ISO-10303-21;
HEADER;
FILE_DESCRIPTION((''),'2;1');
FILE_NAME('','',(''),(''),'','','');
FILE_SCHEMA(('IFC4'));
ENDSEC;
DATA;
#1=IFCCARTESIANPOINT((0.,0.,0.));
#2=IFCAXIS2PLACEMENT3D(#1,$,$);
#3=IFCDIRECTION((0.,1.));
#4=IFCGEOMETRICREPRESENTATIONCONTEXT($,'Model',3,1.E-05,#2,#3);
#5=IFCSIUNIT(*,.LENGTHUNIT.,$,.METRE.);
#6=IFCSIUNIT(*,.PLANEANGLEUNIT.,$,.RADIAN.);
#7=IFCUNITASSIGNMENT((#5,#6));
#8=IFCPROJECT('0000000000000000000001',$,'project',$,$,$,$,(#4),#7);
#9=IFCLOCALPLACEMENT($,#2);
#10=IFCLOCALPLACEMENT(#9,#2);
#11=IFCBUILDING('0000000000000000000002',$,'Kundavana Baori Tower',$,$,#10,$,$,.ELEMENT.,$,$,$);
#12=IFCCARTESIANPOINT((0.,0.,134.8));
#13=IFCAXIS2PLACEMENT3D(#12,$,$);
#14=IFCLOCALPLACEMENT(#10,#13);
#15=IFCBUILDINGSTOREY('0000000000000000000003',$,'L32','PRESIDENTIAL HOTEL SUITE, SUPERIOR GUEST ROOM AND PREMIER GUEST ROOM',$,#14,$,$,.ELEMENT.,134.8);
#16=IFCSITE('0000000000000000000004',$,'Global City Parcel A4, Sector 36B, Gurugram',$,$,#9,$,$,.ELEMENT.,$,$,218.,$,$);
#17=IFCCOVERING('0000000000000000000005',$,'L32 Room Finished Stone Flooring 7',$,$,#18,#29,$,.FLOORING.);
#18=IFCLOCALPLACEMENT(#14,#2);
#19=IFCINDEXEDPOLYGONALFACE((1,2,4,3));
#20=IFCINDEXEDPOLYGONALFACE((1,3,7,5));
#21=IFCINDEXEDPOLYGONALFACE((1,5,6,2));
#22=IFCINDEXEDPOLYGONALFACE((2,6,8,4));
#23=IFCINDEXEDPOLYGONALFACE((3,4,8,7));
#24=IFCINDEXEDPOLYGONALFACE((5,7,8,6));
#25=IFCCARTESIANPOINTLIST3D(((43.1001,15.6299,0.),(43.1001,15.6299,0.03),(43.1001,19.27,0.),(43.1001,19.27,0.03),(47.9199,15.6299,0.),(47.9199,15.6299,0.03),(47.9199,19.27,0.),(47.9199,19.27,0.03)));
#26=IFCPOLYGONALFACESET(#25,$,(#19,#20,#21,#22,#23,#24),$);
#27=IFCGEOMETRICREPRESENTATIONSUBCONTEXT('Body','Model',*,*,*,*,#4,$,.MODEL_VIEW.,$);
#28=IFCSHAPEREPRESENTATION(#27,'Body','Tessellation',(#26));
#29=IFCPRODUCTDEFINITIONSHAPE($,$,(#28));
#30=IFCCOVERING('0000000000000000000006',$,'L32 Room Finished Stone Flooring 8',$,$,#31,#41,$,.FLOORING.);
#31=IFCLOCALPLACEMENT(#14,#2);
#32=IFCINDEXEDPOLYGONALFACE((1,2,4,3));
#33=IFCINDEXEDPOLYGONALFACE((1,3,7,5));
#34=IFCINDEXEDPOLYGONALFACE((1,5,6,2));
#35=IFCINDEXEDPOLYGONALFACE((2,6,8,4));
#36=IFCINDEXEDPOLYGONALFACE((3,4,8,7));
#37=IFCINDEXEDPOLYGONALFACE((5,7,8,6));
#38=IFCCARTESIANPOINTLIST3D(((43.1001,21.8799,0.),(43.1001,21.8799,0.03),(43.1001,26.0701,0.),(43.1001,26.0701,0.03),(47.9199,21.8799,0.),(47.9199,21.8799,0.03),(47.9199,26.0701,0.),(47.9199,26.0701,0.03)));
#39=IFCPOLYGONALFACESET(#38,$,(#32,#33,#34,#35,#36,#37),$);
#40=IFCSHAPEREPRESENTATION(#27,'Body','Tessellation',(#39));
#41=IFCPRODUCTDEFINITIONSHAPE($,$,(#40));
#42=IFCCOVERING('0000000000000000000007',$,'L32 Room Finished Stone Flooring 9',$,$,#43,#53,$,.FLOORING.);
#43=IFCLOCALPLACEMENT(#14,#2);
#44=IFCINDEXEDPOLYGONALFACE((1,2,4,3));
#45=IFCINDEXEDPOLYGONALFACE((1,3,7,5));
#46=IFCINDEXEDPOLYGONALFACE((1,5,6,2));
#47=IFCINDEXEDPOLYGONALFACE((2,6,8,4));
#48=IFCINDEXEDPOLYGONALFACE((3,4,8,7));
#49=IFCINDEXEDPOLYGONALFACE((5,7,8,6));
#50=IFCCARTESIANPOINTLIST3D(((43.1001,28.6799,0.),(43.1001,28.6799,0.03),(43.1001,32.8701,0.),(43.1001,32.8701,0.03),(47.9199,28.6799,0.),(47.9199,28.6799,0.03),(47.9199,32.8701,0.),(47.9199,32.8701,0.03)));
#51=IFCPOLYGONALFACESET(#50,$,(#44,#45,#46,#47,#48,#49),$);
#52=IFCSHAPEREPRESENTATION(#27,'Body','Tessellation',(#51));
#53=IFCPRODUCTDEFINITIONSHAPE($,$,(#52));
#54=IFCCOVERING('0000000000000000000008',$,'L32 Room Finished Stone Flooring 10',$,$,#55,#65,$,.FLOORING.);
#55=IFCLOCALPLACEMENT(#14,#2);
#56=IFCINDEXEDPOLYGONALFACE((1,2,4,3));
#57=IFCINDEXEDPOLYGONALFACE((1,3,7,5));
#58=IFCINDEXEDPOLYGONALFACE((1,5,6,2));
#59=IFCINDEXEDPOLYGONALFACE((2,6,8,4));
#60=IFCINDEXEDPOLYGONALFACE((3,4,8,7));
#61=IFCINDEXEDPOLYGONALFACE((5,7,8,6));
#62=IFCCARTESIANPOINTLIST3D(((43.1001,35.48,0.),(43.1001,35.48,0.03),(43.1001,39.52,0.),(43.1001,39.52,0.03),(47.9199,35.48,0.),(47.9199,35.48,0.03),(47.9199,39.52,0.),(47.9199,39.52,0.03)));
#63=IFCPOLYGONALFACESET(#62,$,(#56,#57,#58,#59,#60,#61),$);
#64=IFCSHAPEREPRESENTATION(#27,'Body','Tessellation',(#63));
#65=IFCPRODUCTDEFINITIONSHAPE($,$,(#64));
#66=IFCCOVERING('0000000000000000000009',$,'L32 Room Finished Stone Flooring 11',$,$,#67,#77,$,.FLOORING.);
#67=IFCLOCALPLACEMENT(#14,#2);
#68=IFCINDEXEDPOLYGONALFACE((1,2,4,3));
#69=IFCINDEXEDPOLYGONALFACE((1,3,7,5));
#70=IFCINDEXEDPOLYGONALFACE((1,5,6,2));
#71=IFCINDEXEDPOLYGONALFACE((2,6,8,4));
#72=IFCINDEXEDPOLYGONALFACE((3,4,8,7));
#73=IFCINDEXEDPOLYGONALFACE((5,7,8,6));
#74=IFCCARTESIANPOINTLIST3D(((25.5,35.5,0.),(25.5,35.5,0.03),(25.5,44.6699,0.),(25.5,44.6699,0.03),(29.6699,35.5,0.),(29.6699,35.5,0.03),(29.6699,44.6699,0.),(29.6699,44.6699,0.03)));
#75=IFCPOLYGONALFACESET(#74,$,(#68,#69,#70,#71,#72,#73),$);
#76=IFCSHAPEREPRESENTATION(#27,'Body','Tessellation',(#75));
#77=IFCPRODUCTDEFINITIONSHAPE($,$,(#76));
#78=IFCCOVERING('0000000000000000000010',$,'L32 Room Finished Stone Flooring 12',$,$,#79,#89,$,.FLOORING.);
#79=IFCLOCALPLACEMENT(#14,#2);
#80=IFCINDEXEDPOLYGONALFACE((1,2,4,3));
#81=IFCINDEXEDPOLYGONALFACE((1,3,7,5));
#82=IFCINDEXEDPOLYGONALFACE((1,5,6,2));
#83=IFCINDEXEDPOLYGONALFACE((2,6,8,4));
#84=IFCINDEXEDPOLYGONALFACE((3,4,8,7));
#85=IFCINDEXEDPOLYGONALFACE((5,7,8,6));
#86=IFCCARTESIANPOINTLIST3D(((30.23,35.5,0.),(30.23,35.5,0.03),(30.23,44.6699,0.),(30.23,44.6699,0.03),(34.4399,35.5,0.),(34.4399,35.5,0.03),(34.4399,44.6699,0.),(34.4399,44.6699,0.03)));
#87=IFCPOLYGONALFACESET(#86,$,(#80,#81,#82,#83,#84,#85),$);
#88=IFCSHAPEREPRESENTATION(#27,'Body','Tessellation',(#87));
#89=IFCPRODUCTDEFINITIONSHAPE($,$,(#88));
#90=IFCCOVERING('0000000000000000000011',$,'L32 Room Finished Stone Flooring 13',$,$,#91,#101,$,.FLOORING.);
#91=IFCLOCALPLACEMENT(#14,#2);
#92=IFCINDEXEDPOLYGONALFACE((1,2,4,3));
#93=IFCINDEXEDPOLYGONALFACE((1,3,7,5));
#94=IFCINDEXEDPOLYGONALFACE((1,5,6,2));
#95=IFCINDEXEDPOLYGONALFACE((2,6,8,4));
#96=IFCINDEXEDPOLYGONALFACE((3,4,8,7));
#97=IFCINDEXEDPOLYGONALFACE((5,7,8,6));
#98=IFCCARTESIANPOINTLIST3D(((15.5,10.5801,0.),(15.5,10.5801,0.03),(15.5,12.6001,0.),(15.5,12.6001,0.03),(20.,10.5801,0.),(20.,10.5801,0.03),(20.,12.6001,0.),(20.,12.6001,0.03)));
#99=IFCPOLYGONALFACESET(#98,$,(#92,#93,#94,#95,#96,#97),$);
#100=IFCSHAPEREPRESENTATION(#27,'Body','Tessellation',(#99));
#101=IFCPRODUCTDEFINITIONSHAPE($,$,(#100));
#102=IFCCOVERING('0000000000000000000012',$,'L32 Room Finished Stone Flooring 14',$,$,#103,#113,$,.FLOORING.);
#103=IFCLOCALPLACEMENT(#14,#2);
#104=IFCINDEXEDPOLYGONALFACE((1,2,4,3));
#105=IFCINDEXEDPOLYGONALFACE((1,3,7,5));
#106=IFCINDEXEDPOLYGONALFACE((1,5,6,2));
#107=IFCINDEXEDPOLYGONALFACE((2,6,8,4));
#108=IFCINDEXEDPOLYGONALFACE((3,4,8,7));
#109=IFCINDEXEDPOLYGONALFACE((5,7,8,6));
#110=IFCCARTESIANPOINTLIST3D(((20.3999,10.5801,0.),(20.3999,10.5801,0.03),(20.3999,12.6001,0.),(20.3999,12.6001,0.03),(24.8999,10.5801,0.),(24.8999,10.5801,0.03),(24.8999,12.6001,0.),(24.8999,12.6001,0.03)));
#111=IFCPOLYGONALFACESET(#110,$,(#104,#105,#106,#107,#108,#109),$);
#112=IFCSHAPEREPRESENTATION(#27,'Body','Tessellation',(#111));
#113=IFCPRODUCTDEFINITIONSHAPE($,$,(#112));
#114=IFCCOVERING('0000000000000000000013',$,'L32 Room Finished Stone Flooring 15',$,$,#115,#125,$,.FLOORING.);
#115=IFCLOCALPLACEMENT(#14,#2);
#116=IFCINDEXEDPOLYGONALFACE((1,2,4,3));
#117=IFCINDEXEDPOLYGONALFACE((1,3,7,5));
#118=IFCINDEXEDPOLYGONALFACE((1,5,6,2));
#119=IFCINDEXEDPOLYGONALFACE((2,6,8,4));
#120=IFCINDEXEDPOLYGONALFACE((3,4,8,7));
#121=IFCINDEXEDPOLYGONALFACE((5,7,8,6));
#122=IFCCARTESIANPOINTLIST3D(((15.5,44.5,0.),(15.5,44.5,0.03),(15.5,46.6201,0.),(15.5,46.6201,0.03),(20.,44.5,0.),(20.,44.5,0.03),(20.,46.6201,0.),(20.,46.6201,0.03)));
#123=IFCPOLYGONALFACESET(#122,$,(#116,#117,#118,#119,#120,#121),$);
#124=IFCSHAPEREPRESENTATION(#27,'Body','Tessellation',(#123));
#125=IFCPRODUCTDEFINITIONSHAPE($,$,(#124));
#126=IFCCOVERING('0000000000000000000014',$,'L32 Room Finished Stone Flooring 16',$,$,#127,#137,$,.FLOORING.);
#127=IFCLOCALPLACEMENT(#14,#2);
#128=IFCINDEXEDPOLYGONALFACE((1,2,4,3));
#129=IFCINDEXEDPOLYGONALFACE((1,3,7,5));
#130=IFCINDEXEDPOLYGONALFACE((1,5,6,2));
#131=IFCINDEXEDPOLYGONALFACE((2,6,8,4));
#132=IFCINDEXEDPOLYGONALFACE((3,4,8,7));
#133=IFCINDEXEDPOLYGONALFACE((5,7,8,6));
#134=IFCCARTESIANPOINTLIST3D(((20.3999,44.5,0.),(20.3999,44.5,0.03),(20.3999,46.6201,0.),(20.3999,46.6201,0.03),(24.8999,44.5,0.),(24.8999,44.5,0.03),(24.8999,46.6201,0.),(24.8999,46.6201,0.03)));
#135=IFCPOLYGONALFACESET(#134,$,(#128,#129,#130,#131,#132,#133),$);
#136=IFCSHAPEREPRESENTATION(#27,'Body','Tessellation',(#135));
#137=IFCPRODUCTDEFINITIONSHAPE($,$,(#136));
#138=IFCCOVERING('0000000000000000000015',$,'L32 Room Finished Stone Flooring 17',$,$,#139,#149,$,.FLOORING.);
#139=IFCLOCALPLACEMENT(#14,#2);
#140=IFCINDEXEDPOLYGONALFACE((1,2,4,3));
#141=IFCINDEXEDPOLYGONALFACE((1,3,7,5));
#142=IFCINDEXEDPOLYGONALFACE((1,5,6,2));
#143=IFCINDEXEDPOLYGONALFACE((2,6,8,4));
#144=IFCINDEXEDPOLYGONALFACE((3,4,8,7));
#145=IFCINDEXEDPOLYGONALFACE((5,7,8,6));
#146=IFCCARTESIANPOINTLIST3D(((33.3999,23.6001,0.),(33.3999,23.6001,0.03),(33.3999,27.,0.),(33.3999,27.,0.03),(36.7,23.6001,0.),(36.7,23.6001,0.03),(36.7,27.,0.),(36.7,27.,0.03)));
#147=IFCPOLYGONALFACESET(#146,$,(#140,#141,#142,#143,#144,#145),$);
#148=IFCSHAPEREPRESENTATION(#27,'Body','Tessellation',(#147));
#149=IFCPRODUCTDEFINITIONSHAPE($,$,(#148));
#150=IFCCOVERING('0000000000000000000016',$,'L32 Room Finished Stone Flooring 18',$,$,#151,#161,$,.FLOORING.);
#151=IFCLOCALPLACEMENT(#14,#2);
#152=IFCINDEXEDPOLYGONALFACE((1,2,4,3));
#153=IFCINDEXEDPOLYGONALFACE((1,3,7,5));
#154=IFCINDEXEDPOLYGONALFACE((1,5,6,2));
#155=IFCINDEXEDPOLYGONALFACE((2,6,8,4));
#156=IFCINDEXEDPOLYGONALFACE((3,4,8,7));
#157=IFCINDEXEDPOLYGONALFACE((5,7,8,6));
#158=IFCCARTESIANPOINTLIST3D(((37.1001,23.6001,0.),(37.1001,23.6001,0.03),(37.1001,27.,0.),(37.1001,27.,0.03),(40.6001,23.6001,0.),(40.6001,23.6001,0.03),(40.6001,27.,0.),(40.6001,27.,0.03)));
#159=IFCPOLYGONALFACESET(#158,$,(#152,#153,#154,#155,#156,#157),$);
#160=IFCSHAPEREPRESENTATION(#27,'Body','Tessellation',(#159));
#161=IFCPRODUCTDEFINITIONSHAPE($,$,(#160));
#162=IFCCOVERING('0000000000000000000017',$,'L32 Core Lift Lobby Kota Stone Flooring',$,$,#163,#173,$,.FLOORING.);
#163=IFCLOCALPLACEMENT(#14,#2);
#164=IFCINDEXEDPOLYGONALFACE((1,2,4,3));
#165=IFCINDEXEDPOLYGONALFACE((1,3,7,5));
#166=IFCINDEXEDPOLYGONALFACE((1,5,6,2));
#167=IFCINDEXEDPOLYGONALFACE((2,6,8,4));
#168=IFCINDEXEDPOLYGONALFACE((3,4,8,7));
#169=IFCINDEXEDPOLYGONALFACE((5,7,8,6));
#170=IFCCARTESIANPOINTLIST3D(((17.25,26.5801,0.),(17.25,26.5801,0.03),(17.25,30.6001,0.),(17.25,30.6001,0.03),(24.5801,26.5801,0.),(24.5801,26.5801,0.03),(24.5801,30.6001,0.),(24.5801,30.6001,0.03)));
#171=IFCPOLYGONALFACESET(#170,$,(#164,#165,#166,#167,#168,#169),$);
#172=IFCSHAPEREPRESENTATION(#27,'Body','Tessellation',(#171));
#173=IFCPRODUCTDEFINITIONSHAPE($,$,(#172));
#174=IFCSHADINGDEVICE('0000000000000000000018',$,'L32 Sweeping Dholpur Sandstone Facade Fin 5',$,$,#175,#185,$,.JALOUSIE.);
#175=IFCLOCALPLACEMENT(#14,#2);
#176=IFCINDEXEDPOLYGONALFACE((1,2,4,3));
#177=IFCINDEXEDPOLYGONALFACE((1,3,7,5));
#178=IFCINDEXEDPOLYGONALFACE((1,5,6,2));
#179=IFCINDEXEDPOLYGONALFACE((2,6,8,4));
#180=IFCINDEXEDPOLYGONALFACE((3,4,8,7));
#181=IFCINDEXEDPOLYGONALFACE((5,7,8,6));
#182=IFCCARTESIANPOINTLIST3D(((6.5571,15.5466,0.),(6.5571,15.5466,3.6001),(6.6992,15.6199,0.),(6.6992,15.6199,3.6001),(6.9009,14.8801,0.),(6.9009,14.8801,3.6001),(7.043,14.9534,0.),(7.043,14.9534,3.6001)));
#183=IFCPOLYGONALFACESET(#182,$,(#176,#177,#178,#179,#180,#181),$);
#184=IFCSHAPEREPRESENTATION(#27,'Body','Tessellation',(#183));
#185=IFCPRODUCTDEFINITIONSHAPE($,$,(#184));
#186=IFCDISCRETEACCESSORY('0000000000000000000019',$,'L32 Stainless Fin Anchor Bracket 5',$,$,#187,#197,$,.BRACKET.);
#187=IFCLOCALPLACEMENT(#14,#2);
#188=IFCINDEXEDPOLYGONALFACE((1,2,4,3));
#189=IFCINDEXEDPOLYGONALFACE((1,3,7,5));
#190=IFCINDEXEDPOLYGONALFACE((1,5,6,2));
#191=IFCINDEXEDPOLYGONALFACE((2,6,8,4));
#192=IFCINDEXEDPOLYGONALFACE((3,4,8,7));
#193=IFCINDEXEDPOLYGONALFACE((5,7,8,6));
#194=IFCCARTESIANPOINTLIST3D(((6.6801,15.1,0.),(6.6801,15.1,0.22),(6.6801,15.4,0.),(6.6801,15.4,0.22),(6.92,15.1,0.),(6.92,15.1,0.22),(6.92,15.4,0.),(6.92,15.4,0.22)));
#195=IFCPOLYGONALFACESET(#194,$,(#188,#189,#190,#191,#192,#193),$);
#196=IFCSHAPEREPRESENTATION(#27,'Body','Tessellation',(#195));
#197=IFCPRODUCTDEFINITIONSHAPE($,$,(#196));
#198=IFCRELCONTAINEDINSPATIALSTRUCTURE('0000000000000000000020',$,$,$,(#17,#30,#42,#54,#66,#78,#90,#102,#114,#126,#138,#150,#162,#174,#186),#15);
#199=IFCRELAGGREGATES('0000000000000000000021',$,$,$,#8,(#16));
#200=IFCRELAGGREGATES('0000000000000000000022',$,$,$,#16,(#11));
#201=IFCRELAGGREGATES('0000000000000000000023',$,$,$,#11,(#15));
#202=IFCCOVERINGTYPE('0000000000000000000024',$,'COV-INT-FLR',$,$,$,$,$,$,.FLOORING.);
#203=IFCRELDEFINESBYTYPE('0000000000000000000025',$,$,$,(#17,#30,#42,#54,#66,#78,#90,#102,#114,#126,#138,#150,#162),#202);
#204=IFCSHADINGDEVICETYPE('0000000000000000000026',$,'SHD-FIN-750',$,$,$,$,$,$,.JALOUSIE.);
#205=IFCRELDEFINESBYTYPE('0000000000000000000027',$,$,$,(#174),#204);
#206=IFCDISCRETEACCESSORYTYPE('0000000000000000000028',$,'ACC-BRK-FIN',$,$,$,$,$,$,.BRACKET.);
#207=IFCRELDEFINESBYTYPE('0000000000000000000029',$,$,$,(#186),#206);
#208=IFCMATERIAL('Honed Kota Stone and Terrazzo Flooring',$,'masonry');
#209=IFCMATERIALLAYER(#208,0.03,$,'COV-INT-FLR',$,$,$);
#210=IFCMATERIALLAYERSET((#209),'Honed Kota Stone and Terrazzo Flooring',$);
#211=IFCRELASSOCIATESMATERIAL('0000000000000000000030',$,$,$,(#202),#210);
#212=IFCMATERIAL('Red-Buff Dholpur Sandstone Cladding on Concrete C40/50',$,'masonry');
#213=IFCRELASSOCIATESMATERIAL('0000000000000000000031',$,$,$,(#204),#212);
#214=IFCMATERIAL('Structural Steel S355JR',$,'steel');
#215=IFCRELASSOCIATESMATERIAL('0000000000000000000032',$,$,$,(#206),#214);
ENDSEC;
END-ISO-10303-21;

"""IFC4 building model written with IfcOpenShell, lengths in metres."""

from ifc_helpers import new_model, si_unit, direction, frame, origin, origin_2d, place, context, subcontext, project, spatial, polyline, rectangle, outline, extrude, material, layer, layer_set, type_object, element, save


model = new_model("IFC4")

# Units and contexts
model_context = context("Model", 3, precision=1e-05, world=origin(), true_north=direction((0.0, 1.0)))
body_context = subcontext(model_context, "Body", "Model", "MODEL_VIEW")
ifc_project = project(units=[si_unit("LENGTHUNIT", "METRE"), si_unit("PLANEANGLEUNIT", "RADIAN")], contexts=[model_context])

# Site, building, storey
site_placement = place(None, origin())
site = spatial("IfcSite", under=ifc_project, at=site_placement, Name="Global City Parcel A4, Sector 36B, Gurugram", CompositionType="ELEMENT", RefElevation=218.0)
building_placement = place(site_placement, origin())
building = spatial("IfcBuilding", under=site, at=building_placement, Name="Kundavana Baori Tower", CompositionType="ELEMENT")
storey_placement = place(building_placement, frame((0.0, 0.0, 134.8)))
storey = spatial("IfcBuildingStorey", under=building, at=storey_placement, Name="L32", Description="PRESIDENTIAL HOTEL SUITE, SUPERIOR GUEST ROOM AND PREMIER GUEST ROOM", CompositionType="ELEMENT", Elevation=134.8)

# Coverings
ifc_material_1 = material(Name="Honed Kota Stone and Terrazzo Flooring", Category="masonry")
ifc_layer_1 = layer(ifc_material_1, 0.03, Name="COV-INT-FLR")
ifc_layer_set_1 = layer_set([ifc_layer_1], Name="Honed Kota Stone and Terrazzo Flooring")
covering_type = type_object("IfcCoveringType", Name="COV-INT-FLR", PredefinedType="FLOORING", material=ifc_layer_set_1)
covering_1_placement = place(storey_placement, origin())
element("IfcCovering", 1, at=covering_1_placement, inside=storey, type_object=covering_type, Name="L32 Room Finished Stone Flooring 7", PredefinedType="FLOORING", context=body_context, shape_type="SweptSolid", body=[
    extrude(outline(polyline([(43.1001, 15.6299), (47.9199, 15.6299), (47.9199, 19.27), (43.1001, 19.27), (43.1001, 15.6299)])), origin(), (0.0, 0.0, 1.0), 0.03),
])
covering_2_placement = place(storey_placement, origin())
element("IfcCovering", 2, at=covering_2_placement, inside=storey, type_object=covering_type, Name="L32 Room Finished Stone Flooring 8", PredefinedType="FLOORING", context=body_context, shape_type="SweptSolid", body=[
    extrude(outline(polyline([(43.1001, 21.8799), (47.9199, 21.8799), (47.9199, 26.0701), (43.1001, 26.0701), (43.1001, 21.8799)])), origin(), (0.0, 0.0, 1.0), 0.03),
])
covering_3_placement = place(storey_placement, origin())
element("IfcCovering", 3, at=covering_3_placement, inside=storey, type_object=covering_type, Name="L32 Room Finished Stone Flooring 9", PredefinedType="FLOORING", context=body_context, shape_type="SweptSolid", body=[
    extrude(outline(polyline([(43.1001, 28.6799), (47.9199, 28.6799), (47.9199, 32.8701), (43.1001, 32.8701), (43.1001, 28.6799)])), origin(), (0.0, 0.0, 1.0), 0.03),
])
covering_4_placement = place(storey_placement, origin())
element("IfcCovering", 4, at=covering_4_placement, inside=storey, type_object=covering_type, Name="L32 Room Finished Stone Flooring 10", PredefinedType="FLOORING", context=body_context, shape_type="SweptSolid", body=[
    extrude(outline(polyline([(43.1001, 35.48), (47.9199, 35.48), (47.9199, 39.52), (43.1001, 39.52), (43.1001, 35.48)])), origin(), (0.0, 0.0, 1.0), 0.03),
])
covering_5_placement = place(storey_placement, origin())
element("IfcCovering", 5, at=covering_5_placement, inside=storey, type_object=covering_type, Name="L32 Room Finished Stone Flooring 11", PredefinedType="FLOORING", context=body_context, shape_type="SweptSolid", body=[
    extrude(outline(polyline([(25.5, 35.5), (29.6699, 35.5), (29.6699, 44.6699), (25.5, 44.6699), (25.5, 35.5)])), origin(), (0.0, 0.0, 1.0), 0.03),
])
covering_6_placement = place(storey_placement, origin())
element("IfcCovering", 6, at=covering_6_placement, inside=storey, type_object=covering_type, Name="L32 Room Finished Stone Flooring 12", PredefinedType="FLOORING", context=body_context, shape_type="SweptSolid", body=[
    extrude(outline(polyline([(30.23, 35.5), (34.4399, 35.5), (34.4399, 44.6699), (30.23, 44.6699), (30.23, 35.5)])), origin(), (0.0, 0.0, 1.0), 0.03),
])
covering_7_placement = place(storey_placement, origin())
element("IfcCovering", 7, at=covering_7_placement, inside=storey, type_object=covering_type, Name="L32 Room Finished Stone Flooring 13", PredefinedType="FLOORING", context=body_context, shape_type="SweptSolid", body=[
    extrude(outline(polyline([(15.5, 10.5801), (20.0, 10.5801), (20.0, 12.6001), (15.5, 12.6001), (15.5, 10.5801)])), origin(), (0.0, 0.0, 1.0), 0.03),
])
covering_8_placement = place(storey_placement, origin())
element("IfcCovering", 8, at=covering_8_placement, inside=storey, type_object=covering_type, Name="L32 Room Finished Stone Flooring 14", PredefinedType="FLOORING", context=body_context, shape_type="SweptSolid", body=[
    extrude(outline(polyline([(20.3999, 10.5801), (24.8999, 10.5801), (24.8999, 12.6001), (20.3999, 12.6001), (20.3999, 10.5801)])), origin(), (0.0, 0.0, 1.0), 0.03),
])
covering_9_placement = place(storey_placement, origin())
element("IfcCovering", 9, at=covering_9_placement, inside=storey, type_object=covering_type, Name="L32 Room Finished Stone Flooring 15", PredefinedType="FLOORING", context=body_context, shape_type="SweptSolid", body=[
    extrude(outline(polyline([(15.5, 44.5), (20.0, 44.5), (20.0, 46.6201), (15.5, 46.6201), (15.5, 44.5)])), origin(), (0.0, 0.0, 1.0), 0.03),
])
covering_10_placement = place(storey_placement, origin())
element("IfcCovering", 10, at=covering_10_placement, inside=storey, type_object=covering_type, Name="L32 Room Finished Stone Flooring 16", PredefinedType="FLOORING", context=body_context, shape_type="SweptSolid", body=[
    extrude(outline(polyline([(20.3999, 44.5), (24.8999, 44.5), (24.8999, 46.6201), (20.3999, 46.6201), (20.3999, 44.5)])), origin(), (0.0, 0.0, 1.0), 0.03),
])
covering_11_placement = place(storey_placement, origin())
element("IfcCovering", 11, at=covering_11_placement, inside=storey, type_object=covering_type, Name="L32 Room Finished Stone Flooring 17", PredefinedType="FLOORING", context=body_context, shape_type="SweptSolid", body=[
    extrude(outline(polyline([(33.3999, 23.6001), (36.7, 23.6001), (36.7, 27.0), (33.3999, 27.0), (33.3999, 23.6001)])), origin(), (0.0, 0.0, 1.0), 0.03),
])
covering_12_placement = place(storey_placement, origin())
element("IfcCovering", 12, at=covering_12_placement, inside=storey, type_object=covering_type, Name="L32 Room Finished Stone Flooring 18", PredefinedType="FLOORING", context=body_context, shape_type="SweptSolid", body=[
    extrude(outline(polyline([(37.1001, 23.6001), (40.6001, 23.6001), (40.6001, 27.0), (37.1001, 27.0), (37.1001, 23.6001)])), origin(), (0.0, 0.0, 1.0), 0.03),
])
covering_13_placement = place(storey_placement, origin())
element("IfcCovering", 13, at=covering_13_placement, inside=storey, type_object=covering_type, Name="L32 Core Lift Lobby Kota Stone Flooring", PredefinedType="FLOORING", context=body_context, shape_type="SweptSolid", body=[
    extrude(outline(polyline([(17.25, 26.5801), (24.5801, 26.5801), (24.5801, 30.6001), (17.25, 30.6001), (17.25, 26.5801)])), origin(), (0.0, 0.0, 1.0), 0.03),
])

# Shading device
ifc_material_2 = material(Name="Red-Buff Dholpur Sandstone Cladding on Concrete C40/50", Category="masonry")
shading_device_type = type_object("IfcShadingDeviceType", Name="SHD-FIN-750", PredefinedType="JALOUSIE", material=ifc_material_2)
shading_device_placement = place(storey_placement, frame((6.8, 15.25, 0.0), z_axis=(0.0, 0.0, 1.0), x_axis=(0.888777, 0.458339, 0.0)))
element("IfcShadingDevice", 14, at=shading_device_placement, inside=storey, type_object=shading_device_type, Name="L32 Sweeping Dholpur Sandstone Facade Fin 5", PredefinedType="JALOUSIE", context=body_context, shape_type="SweptSolid", body=[
    extrude(rectangle(XDim=0.1599, YDim=0.75, at=origin_2d()), origin(), (0.0, 0.0, 1.0), 3.6001),
])

# Discrete accessory
ifc_material_3 = material(Name="Structural Steel S355JR", Category="steel")
discrete_accessory_type = type_object("IfcDiscreteAccessoryType", Name="ACC-BRK-FIN", PredefinedType="BRACKET", material=ifc_material_3)
discrete_accessory_placement = place(storey_placement, frame((6.8, 15.25, 0.0), z_axis=(0.0, 0.0, 1.0), x_axis=(1.0, 0.0, 0.0)))
element("IfcDiscreteAccessory", 15, at=discrete_accessory_placement, inside=storey, type_object=discrete_accessory_type, Name="L32 Stainless Fin Anchor Bracket 5", PredefinedType="BRACKET", context=body_context, shape_type="SweptSolid", body=[
    extrude(rectangle(XDim=0.24, YDim=0.3, at=origin_2d()), origin(), (0.0, 0.0, 1.0), 0.22),
])

save(model, "model.ifc")
